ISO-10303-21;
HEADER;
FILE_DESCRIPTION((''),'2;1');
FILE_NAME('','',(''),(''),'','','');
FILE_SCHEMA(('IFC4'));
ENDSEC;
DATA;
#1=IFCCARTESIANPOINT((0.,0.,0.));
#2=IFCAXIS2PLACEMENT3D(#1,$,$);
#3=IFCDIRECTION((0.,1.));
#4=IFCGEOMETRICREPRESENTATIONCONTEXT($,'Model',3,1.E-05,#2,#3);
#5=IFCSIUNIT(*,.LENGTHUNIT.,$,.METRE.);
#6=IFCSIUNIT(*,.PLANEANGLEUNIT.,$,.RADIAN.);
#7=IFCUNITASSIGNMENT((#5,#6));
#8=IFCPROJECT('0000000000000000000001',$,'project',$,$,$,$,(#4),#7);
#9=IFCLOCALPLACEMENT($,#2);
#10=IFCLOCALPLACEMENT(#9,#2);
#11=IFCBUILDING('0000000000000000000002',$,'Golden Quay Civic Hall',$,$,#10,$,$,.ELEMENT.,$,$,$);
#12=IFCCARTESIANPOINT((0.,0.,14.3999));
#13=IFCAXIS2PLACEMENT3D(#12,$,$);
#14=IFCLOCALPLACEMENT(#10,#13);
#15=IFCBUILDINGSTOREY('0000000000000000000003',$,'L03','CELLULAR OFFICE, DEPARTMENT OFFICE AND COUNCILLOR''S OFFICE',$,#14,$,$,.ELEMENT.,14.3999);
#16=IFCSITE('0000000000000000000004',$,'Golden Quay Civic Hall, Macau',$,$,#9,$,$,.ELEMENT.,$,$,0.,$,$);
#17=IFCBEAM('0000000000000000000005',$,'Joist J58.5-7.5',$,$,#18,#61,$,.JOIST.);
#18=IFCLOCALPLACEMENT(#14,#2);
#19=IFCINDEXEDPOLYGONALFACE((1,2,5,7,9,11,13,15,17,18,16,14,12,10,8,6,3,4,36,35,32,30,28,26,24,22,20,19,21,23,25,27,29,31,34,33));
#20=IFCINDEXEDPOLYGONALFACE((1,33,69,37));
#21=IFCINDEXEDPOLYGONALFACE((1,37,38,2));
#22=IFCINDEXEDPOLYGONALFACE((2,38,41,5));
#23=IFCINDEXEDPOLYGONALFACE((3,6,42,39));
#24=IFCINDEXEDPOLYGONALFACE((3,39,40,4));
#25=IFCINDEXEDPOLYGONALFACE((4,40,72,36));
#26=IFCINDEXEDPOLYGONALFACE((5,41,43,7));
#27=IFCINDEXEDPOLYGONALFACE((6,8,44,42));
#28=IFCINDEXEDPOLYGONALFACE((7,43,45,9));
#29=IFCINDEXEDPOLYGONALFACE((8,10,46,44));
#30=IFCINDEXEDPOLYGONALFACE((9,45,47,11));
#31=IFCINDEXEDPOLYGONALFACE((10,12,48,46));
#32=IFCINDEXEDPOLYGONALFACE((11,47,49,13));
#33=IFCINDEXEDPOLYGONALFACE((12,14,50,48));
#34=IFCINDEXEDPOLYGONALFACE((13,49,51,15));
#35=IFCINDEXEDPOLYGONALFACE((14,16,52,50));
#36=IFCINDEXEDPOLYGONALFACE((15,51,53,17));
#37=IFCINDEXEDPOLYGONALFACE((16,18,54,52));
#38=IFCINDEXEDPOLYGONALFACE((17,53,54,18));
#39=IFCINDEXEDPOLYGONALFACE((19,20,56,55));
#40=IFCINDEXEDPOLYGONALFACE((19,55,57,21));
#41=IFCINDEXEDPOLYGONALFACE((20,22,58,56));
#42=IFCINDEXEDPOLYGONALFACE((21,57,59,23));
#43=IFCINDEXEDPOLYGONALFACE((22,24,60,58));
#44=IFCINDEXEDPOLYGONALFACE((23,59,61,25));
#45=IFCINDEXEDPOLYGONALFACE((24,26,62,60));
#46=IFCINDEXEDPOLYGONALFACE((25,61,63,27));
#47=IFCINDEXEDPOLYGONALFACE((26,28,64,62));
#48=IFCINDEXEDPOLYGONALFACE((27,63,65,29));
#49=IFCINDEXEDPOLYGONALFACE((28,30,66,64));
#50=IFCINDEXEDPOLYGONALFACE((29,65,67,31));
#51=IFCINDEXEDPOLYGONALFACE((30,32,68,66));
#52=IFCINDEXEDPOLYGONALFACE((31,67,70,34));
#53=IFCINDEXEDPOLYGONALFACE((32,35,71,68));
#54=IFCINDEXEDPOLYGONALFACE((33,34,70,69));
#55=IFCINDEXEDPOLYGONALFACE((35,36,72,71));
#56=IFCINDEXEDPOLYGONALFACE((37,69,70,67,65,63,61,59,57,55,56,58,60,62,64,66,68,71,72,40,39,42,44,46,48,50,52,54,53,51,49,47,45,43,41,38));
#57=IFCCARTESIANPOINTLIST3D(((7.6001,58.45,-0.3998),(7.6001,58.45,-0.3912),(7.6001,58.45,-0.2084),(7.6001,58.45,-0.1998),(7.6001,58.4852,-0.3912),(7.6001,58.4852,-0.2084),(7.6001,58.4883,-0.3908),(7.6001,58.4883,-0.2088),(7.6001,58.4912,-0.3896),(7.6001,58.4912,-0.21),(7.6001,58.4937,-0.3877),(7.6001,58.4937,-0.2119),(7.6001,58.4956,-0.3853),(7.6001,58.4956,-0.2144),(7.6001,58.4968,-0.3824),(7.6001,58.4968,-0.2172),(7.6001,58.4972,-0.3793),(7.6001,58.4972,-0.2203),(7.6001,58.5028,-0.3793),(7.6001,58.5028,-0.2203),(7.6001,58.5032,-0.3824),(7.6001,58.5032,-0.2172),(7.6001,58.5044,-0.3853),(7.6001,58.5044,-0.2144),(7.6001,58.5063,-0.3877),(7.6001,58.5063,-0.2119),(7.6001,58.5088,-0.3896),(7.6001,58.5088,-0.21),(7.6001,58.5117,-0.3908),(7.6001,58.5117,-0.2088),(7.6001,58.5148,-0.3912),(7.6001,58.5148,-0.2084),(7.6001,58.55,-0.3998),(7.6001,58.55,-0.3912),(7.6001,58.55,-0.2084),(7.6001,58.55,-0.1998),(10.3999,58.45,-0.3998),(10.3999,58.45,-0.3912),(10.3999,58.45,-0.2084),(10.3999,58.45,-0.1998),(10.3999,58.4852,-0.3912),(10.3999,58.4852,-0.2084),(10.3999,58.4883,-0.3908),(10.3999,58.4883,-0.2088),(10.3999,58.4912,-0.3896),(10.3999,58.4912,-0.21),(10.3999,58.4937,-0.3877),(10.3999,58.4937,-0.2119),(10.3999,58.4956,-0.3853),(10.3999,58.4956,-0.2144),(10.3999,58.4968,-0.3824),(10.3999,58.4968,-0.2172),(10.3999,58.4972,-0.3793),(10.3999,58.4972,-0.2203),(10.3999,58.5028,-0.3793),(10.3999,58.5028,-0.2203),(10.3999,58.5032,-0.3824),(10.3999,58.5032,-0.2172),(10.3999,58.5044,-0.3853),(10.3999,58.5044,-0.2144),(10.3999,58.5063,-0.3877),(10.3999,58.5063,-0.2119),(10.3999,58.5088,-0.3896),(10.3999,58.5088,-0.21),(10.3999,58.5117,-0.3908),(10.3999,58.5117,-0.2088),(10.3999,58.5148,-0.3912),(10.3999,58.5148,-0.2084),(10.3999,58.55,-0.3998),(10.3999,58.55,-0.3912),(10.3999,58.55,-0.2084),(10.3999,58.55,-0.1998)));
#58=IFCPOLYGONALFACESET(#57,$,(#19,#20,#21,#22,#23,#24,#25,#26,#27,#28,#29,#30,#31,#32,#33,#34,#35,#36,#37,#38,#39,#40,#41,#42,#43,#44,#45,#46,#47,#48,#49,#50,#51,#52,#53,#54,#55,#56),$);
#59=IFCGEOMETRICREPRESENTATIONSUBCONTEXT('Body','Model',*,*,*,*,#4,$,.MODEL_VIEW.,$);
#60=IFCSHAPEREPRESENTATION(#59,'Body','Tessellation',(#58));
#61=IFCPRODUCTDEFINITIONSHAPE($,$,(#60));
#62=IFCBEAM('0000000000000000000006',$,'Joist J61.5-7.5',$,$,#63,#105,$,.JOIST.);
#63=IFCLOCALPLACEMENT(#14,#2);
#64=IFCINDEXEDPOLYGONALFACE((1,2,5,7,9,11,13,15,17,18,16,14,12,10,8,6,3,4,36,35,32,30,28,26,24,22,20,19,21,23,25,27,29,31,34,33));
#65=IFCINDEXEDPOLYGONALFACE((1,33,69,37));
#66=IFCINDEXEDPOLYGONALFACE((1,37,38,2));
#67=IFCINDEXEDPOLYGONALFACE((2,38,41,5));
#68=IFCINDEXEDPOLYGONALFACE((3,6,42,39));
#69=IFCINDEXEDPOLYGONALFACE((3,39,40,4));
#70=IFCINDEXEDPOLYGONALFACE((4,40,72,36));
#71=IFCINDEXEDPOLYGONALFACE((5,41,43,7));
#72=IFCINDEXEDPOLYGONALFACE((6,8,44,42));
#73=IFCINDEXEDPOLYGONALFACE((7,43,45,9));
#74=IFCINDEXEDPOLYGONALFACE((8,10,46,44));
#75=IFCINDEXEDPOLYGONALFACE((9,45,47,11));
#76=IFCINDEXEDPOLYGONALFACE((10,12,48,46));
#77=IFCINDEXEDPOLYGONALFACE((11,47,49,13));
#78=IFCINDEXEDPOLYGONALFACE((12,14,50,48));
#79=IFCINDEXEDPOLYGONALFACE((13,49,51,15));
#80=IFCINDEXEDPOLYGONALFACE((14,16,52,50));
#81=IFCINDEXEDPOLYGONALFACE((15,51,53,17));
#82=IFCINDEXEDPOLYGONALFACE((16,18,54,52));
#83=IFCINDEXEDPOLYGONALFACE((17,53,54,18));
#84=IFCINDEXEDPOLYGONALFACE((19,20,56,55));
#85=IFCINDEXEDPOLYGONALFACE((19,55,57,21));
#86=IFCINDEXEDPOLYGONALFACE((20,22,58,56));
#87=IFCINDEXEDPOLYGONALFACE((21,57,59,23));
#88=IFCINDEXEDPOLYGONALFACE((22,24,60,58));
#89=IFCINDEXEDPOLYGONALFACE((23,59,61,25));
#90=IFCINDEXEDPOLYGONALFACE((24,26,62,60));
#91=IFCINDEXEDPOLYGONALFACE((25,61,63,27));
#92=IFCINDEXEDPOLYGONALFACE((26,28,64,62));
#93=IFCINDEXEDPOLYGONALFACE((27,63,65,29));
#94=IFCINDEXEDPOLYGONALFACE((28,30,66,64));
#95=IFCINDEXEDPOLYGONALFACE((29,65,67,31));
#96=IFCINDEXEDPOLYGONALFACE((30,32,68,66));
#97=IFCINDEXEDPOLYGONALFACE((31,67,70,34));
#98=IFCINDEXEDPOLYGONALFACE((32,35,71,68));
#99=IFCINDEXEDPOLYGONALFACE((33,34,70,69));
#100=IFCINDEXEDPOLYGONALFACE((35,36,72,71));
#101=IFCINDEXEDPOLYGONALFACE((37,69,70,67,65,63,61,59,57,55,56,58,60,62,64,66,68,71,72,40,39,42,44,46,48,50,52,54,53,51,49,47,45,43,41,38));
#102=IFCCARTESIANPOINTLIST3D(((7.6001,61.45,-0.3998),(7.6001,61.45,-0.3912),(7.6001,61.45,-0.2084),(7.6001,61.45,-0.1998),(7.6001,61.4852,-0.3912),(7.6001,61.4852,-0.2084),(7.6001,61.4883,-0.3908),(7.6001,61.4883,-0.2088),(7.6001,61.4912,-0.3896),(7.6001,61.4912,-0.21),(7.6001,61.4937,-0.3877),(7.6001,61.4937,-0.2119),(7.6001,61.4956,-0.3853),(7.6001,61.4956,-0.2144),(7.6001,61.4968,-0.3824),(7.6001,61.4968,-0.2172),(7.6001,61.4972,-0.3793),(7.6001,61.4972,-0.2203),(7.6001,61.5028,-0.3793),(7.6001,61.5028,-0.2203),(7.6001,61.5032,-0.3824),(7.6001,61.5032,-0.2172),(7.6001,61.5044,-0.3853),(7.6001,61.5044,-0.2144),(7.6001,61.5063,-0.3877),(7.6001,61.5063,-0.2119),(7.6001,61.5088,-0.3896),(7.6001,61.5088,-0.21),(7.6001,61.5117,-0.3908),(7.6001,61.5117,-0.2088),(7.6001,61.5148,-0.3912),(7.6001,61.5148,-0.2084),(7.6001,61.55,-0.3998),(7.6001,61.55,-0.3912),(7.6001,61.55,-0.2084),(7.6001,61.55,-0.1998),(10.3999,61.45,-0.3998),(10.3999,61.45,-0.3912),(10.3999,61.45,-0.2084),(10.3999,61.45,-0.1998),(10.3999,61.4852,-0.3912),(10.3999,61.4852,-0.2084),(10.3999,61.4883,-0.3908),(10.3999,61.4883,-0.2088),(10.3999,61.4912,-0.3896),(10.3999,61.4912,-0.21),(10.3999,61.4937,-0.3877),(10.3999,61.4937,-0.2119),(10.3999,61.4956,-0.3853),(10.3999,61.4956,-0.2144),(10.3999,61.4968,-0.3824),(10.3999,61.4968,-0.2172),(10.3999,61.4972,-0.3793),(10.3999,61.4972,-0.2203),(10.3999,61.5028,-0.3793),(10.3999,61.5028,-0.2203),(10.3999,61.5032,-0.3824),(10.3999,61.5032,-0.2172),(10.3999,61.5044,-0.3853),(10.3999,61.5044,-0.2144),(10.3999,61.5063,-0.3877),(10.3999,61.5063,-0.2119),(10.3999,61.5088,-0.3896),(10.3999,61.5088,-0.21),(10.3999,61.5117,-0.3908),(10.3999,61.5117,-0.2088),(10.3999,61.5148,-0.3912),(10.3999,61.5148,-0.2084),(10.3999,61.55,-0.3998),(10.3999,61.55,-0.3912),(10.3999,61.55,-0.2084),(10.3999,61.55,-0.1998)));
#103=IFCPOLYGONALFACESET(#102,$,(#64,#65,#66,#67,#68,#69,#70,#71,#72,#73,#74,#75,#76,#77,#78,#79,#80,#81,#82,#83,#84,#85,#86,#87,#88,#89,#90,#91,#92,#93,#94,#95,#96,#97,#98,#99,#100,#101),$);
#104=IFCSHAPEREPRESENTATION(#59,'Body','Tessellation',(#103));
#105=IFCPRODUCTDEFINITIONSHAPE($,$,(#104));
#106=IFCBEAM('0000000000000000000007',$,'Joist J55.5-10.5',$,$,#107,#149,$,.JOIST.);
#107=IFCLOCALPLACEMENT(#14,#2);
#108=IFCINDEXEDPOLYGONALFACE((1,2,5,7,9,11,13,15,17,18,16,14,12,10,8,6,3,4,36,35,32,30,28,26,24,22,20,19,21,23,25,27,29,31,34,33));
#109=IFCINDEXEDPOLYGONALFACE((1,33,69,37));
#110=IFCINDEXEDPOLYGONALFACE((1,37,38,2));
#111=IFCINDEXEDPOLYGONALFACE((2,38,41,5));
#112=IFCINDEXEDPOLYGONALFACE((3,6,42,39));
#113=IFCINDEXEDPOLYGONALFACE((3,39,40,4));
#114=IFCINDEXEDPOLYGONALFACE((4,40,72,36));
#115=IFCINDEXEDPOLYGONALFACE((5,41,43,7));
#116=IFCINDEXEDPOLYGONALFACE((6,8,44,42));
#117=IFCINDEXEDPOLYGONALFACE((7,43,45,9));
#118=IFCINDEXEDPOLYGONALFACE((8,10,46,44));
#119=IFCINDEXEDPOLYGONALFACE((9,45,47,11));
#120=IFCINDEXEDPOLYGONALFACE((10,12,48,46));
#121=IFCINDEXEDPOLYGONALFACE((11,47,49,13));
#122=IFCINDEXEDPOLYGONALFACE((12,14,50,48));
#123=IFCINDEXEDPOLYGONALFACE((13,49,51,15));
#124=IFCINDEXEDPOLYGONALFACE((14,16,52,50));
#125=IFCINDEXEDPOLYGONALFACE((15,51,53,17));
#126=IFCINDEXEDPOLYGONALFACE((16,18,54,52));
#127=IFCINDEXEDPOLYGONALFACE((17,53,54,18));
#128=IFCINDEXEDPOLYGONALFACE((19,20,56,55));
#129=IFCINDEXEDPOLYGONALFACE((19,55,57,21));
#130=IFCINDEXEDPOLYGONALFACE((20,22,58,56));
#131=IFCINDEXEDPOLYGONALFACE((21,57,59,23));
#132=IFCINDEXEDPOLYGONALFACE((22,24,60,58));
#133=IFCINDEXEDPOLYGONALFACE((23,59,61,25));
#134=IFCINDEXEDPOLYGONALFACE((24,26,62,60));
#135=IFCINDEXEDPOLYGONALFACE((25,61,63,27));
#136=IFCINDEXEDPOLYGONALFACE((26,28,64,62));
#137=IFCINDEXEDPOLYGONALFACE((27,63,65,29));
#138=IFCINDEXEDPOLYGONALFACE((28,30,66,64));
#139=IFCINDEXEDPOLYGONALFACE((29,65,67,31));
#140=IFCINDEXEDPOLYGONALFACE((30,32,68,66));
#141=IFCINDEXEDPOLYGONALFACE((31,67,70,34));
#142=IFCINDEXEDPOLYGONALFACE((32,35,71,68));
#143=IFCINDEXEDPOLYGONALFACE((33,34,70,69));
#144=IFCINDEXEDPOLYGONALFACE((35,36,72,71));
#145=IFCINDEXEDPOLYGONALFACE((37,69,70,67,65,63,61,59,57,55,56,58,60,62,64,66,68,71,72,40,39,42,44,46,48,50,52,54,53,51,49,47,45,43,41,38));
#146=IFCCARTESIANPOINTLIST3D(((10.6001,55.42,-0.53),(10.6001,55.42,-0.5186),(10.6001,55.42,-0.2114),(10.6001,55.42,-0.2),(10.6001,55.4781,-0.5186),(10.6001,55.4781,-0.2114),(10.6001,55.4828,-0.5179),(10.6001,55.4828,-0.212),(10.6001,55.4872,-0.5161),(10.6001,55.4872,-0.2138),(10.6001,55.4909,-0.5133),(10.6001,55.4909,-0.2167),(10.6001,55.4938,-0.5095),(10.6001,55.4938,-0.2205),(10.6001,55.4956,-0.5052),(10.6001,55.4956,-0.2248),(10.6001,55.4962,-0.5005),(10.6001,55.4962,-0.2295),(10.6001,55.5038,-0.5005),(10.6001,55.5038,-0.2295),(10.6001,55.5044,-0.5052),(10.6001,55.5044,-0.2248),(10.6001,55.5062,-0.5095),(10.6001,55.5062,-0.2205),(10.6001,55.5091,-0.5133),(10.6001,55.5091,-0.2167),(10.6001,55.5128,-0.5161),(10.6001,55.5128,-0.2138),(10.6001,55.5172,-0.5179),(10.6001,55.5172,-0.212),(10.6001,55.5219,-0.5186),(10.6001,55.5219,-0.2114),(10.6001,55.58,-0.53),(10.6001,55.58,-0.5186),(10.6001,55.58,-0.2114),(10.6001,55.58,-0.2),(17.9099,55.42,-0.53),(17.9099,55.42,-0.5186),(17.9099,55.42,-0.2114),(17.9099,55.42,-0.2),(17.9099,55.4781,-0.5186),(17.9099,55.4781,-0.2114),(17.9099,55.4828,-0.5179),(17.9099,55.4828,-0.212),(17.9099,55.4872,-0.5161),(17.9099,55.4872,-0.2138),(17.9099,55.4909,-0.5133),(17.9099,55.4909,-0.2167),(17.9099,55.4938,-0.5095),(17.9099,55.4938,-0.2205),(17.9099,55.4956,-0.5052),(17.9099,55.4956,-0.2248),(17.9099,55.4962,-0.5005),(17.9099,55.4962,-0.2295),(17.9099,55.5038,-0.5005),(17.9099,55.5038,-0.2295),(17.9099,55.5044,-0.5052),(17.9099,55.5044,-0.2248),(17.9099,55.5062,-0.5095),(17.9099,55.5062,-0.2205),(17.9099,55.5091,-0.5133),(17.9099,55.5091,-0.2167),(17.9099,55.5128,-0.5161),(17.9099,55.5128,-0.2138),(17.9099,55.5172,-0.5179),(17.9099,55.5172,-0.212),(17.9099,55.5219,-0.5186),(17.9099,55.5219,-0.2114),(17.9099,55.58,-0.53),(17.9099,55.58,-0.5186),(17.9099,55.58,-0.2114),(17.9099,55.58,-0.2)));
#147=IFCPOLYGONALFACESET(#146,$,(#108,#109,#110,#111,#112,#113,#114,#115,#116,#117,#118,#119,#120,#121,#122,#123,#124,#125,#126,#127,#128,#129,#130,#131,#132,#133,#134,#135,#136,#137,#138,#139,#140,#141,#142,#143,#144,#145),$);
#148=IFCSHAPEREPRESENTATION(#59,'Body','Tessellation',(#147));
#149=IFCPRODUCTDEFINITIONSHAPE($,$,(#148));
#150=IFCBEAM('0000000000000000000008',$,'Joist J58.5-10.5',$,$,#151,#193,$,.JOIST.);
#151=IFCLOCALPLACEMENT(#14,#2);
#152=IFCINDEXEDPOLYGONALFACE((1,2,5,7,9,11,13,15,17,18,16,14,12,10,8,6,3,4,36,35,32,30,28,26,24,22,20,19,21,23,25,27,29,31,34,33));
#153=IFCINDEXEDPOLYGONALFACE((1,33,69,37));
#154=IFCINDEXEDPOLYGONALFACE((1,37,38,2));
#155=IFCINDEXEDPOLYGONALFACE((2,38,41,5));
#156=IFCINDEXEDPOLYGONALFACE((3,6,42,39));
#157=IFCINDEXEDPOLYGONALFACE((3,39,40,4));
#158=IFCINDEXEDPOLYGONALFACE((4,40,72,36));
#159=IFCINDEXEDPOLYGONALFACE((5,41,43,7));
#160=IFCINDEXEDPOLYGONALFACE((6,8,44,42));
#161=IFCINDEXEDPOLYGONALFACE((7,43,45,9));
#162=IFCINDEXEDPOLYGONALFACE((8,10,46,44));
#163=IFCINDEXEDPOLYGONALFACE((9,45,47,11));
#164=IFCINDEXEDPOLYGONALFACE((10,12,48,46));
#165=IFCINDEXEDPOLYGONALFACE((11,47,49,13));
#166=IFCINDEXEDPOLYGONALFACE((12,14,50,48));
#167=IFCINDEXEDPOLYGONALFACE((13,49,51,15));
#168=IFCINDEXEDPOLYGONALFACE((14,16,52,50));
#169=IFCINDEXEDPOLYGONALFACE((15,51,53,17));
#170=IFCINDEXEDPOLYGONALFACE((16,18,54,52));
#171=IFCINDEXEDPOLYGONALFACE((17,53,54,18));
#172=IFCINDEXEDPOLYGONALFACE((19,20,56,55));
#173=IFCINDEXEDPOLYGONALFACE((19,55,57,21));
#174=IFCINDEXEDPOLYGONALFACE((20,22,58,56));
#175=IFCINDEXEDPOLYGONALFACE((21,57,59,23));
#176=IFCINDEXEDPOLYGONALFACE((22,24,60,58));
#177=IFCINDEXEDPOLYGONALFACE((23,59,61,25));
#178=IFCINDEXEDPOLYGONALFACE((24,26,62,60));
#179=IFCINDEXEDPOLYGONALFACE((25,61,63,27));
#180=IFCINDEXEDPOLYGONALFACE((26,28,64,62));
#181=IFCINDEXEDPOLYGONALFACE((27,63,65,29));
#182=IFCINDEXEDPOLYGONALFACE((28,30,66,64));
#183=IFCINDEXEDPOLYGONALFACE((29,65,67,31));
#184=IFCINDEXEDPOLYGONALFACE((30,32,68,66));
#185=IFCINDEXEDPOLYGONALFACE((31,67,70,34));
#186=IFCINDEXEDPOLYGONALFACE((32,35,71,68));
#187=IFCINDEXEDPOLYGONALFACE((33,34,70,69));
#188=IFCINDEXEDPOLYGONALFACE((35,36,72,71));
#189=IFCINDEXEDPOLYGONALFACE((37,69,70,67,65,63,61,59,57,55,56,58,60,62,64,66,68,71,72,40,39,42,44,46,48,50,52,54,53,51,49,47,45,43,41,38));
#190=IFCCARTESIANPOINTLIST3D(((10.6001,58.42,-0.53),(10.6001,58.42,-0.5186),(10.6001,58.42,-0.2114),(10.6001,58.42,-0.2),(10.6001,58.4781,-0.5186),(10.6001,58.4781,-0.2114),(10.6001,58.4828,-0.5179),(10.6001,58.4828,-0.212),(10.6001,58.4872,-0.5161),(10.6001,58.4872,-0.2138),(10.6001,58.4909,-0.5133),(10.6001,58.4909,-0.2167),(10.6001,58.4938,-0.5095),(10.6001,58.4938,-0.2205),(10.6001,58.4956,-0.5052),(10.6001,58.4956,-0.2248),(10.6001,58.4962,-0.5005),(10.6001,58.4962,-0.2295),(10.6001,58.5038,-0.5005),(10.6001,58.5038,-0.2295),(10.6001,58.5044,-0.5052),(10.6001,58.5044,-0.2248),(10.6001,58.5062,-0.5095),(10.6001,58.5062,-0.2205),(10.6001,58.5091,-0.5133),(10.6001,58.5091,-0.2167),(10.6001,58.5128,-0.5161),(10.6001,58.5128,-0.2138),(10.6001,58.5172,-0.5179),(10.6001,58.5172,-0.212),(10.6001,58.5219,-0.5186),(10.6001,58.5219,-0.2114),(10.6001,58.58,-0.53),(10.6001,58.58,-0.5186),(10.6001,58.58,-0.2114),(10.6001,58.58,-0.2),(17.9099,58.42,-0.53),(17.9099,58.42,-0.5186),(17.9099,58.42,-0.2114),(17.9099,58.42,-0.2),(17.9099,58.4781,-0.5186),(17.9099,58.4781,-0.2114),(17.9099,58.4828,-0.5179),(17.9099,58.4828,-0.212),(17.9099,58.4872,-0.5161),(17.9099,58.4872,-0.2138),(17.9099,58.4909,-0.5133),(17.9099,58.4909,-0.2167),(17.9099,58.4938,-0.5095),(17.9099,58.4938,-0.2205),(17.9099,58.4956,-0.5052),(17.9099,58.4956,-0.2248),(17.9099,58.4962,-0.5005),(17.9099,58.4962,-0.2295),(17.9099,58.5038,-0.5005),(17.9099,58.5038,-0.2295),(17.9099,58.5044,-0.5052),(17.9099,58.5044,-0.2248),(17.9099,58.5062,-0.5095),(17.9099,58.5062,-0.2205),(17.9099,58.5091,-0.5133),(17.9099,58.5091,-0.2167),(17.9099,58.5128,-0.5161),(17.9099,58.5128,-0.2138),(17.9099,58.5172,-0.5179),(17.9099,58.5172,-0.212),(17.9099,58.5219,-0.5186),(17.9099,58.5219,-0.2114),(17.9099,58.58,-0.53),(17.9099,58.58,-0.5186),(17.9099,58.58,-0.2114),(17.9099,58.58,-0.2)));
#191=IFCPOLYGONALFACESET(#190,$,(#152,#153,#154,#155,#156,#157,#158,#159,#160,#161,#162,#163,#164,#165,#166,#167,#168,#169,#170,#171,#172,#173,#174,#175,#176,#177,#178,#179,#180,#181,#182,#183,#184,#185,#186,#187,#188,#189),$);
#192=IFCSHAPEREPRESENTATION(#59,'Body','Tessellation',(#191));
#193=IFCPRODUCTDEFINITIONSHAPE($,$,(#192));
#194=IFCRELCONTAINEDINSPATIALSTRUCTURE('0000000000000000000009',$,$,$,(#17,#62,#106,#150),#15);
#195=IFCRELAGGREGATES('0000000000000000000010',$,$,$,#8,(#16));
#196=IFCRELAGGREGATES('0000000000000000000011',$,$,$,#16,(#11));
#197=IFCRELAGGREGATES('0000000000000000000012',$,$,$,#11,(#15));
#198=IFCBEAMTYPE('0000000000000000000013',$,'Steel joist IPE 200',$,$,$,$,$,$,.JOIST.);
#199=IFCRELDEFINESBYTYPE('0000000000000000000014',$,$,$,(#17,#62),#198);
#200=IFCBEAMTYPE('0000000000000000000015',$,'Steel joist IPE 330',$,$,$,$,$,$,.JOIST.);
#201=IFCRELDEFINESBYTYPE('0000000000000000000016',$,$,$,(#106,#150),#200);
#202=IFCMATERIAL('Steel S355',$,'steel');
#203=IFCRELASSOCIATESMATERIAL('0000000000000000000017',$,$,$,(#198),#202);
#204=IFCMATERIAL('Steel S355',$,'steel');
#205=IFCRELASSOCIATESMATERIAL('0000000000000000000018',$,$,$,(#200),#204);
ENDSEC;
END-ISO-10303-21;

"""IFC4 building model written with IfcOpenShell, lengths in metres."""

from ifc_helpers import new_model, si_unit, direction, frame, origin, origin_2d, place, context, subcontext, project, spatial, i_section, extrude, material, material_profile, profile_set, type_object, element, save


model = new_model("IFC4")

# Units and contexts
model_context = context("Model", 3, precision=1e-05, world=origin(), true_north=direction((0.0, 1.0)))
body_context = subcontext(model_context, "Body", "Model", "MODEL_VIEW")
ifc_project = project(units=[si_unit("LENGTHUNIT", "METRE"), si_unit("PLANEANGLEUNIT", "RADIAN")], contexts=[model_context])

# Site, building, storey
site_placement = place(None, origin())
site = spatial("IfcSite", under=ifc_project, at=site_placement, Name="Golden Quay Civic Hall, Macau", CompositionType="ELEMENT", RefElevation=0.0)
building_placement = place(site_placement, origin())
building = spatial("IfcBuilding", under=site, at=building_placement, Name="Golden Quay Civic Hall", CompositionType="ELEMENT")
storey_placement = place(building_placement, frame((0.0, 0.0, 14.3999)))
storey = spatial("IfcBuildingStorey", under=building, at=storey_placement, Name="L03", Description="CELLULAR OFFICE, DEPARTMENT OFFICE AND COUNCILLOR'S OFFICE", CompositionType="ELEMENT", Elevation=14.3999)

# Beams
ifc_material_1 = material(Name="Steel S355", Category="steel")
ifc_material_profile_1 = material_profile(ifc_material_1, i_section(OverallWidth=0.1001, OverallDepth=0.2, WebThickness=0.0056, FlangeThickness=0.0085, FilletRadius=0.012, at=origin_2d()), Name="IPE 200")
ifc_profile_set_1 = profile_set([ifc_material_profile_1], Name="Steel S355")
beam_type_1 = type_object("IfcBeamType", Name="Steel joist IPE 200", PredefinedType="JOIST", material=ifc_profile_set_1)
for number, where, z_axis, x_axis, name in (
    (1, (7.6001, 58.5, -0.2998), (1.0, 0.0, 0.0), (0.0, 1.0, 0.0), "Joist J58.5-7.5"),
    (2, (7.6001, 61.5, -0.2998), (1.0, 0.0, 0.0), (0.0, 1.0, 0.0), "Joist J61.5-7.5"),
):
    element("IfcBeam", number, at=place(storey_placement, frame(where, z_axis=z_axis, x_axis=x_axis)), inside=storey, type_object=beam_type_1, Name=name, PredefinedType="JOIST", context=body_context, shape_type="SweptSolid", body=[
        extrude(i_section(OverallWidth=0.1001, OverallDepth=0.2, WebThickness=0.0056, FlangeThickness=0.0085, FilletRadius=0.012, at=origin_2d()), origin(), (0.0, 0.0, 1.0), 2.7998),
    ])
ifc_material_2 = material(Name="Steel S355", Category="steel")
ifc_material_profile_2 = material_profile(ifc_material_2, i_section(OverallWidth=0.1599, OverallDepth=0.3301, WebThickness=0.0076, FlangeThickness=0.0115, FilletRadius=0.0181, at=origin_2d()), Name="IPE 330")
ifc_profile_set_2 = profile_set([ifc_material_profile_2], Name="Steel S355")
beam_type_2 = type_object("IfcBeamType", Name="Steel joist IPE 330", PredefinedType="JOIST", material=ifc_profile_set_2)
for number, where, z_axis, x_axis, name in (
    (3, (10.6001, 55.5, -0.365), (1.0, 0.0, 0.0), (0.0, 1.0, 0.0), "Joist J55.5-10.5"),
    (4, (10.6001, 58.5, -0.365), (1.0, 0.0, 0.0), (0.0, 1.0, 0.0), "Joist J58.5-10.5"),
):
    element("IfcBeam", number, at=place(storey_placement, frame(where, z_axis=z_axis, x_axis=x_axis)), inside=storey, type_object=beam_type_2, Name=name, PredefinedType="JOIST", context=body_context, shape_type="SweptSolid", body=[
        extrude(i_section(OverallWidth=0.1599, OverallDepth=0.3301, WebThickness=0.0076, FlangeThickness=0.0115, FilletRadius=0.0181, at=origin_2d()), origin(), (0.0, 0.0, 1.0), 7.3098),
    ])

save(model, "model.ifc")
